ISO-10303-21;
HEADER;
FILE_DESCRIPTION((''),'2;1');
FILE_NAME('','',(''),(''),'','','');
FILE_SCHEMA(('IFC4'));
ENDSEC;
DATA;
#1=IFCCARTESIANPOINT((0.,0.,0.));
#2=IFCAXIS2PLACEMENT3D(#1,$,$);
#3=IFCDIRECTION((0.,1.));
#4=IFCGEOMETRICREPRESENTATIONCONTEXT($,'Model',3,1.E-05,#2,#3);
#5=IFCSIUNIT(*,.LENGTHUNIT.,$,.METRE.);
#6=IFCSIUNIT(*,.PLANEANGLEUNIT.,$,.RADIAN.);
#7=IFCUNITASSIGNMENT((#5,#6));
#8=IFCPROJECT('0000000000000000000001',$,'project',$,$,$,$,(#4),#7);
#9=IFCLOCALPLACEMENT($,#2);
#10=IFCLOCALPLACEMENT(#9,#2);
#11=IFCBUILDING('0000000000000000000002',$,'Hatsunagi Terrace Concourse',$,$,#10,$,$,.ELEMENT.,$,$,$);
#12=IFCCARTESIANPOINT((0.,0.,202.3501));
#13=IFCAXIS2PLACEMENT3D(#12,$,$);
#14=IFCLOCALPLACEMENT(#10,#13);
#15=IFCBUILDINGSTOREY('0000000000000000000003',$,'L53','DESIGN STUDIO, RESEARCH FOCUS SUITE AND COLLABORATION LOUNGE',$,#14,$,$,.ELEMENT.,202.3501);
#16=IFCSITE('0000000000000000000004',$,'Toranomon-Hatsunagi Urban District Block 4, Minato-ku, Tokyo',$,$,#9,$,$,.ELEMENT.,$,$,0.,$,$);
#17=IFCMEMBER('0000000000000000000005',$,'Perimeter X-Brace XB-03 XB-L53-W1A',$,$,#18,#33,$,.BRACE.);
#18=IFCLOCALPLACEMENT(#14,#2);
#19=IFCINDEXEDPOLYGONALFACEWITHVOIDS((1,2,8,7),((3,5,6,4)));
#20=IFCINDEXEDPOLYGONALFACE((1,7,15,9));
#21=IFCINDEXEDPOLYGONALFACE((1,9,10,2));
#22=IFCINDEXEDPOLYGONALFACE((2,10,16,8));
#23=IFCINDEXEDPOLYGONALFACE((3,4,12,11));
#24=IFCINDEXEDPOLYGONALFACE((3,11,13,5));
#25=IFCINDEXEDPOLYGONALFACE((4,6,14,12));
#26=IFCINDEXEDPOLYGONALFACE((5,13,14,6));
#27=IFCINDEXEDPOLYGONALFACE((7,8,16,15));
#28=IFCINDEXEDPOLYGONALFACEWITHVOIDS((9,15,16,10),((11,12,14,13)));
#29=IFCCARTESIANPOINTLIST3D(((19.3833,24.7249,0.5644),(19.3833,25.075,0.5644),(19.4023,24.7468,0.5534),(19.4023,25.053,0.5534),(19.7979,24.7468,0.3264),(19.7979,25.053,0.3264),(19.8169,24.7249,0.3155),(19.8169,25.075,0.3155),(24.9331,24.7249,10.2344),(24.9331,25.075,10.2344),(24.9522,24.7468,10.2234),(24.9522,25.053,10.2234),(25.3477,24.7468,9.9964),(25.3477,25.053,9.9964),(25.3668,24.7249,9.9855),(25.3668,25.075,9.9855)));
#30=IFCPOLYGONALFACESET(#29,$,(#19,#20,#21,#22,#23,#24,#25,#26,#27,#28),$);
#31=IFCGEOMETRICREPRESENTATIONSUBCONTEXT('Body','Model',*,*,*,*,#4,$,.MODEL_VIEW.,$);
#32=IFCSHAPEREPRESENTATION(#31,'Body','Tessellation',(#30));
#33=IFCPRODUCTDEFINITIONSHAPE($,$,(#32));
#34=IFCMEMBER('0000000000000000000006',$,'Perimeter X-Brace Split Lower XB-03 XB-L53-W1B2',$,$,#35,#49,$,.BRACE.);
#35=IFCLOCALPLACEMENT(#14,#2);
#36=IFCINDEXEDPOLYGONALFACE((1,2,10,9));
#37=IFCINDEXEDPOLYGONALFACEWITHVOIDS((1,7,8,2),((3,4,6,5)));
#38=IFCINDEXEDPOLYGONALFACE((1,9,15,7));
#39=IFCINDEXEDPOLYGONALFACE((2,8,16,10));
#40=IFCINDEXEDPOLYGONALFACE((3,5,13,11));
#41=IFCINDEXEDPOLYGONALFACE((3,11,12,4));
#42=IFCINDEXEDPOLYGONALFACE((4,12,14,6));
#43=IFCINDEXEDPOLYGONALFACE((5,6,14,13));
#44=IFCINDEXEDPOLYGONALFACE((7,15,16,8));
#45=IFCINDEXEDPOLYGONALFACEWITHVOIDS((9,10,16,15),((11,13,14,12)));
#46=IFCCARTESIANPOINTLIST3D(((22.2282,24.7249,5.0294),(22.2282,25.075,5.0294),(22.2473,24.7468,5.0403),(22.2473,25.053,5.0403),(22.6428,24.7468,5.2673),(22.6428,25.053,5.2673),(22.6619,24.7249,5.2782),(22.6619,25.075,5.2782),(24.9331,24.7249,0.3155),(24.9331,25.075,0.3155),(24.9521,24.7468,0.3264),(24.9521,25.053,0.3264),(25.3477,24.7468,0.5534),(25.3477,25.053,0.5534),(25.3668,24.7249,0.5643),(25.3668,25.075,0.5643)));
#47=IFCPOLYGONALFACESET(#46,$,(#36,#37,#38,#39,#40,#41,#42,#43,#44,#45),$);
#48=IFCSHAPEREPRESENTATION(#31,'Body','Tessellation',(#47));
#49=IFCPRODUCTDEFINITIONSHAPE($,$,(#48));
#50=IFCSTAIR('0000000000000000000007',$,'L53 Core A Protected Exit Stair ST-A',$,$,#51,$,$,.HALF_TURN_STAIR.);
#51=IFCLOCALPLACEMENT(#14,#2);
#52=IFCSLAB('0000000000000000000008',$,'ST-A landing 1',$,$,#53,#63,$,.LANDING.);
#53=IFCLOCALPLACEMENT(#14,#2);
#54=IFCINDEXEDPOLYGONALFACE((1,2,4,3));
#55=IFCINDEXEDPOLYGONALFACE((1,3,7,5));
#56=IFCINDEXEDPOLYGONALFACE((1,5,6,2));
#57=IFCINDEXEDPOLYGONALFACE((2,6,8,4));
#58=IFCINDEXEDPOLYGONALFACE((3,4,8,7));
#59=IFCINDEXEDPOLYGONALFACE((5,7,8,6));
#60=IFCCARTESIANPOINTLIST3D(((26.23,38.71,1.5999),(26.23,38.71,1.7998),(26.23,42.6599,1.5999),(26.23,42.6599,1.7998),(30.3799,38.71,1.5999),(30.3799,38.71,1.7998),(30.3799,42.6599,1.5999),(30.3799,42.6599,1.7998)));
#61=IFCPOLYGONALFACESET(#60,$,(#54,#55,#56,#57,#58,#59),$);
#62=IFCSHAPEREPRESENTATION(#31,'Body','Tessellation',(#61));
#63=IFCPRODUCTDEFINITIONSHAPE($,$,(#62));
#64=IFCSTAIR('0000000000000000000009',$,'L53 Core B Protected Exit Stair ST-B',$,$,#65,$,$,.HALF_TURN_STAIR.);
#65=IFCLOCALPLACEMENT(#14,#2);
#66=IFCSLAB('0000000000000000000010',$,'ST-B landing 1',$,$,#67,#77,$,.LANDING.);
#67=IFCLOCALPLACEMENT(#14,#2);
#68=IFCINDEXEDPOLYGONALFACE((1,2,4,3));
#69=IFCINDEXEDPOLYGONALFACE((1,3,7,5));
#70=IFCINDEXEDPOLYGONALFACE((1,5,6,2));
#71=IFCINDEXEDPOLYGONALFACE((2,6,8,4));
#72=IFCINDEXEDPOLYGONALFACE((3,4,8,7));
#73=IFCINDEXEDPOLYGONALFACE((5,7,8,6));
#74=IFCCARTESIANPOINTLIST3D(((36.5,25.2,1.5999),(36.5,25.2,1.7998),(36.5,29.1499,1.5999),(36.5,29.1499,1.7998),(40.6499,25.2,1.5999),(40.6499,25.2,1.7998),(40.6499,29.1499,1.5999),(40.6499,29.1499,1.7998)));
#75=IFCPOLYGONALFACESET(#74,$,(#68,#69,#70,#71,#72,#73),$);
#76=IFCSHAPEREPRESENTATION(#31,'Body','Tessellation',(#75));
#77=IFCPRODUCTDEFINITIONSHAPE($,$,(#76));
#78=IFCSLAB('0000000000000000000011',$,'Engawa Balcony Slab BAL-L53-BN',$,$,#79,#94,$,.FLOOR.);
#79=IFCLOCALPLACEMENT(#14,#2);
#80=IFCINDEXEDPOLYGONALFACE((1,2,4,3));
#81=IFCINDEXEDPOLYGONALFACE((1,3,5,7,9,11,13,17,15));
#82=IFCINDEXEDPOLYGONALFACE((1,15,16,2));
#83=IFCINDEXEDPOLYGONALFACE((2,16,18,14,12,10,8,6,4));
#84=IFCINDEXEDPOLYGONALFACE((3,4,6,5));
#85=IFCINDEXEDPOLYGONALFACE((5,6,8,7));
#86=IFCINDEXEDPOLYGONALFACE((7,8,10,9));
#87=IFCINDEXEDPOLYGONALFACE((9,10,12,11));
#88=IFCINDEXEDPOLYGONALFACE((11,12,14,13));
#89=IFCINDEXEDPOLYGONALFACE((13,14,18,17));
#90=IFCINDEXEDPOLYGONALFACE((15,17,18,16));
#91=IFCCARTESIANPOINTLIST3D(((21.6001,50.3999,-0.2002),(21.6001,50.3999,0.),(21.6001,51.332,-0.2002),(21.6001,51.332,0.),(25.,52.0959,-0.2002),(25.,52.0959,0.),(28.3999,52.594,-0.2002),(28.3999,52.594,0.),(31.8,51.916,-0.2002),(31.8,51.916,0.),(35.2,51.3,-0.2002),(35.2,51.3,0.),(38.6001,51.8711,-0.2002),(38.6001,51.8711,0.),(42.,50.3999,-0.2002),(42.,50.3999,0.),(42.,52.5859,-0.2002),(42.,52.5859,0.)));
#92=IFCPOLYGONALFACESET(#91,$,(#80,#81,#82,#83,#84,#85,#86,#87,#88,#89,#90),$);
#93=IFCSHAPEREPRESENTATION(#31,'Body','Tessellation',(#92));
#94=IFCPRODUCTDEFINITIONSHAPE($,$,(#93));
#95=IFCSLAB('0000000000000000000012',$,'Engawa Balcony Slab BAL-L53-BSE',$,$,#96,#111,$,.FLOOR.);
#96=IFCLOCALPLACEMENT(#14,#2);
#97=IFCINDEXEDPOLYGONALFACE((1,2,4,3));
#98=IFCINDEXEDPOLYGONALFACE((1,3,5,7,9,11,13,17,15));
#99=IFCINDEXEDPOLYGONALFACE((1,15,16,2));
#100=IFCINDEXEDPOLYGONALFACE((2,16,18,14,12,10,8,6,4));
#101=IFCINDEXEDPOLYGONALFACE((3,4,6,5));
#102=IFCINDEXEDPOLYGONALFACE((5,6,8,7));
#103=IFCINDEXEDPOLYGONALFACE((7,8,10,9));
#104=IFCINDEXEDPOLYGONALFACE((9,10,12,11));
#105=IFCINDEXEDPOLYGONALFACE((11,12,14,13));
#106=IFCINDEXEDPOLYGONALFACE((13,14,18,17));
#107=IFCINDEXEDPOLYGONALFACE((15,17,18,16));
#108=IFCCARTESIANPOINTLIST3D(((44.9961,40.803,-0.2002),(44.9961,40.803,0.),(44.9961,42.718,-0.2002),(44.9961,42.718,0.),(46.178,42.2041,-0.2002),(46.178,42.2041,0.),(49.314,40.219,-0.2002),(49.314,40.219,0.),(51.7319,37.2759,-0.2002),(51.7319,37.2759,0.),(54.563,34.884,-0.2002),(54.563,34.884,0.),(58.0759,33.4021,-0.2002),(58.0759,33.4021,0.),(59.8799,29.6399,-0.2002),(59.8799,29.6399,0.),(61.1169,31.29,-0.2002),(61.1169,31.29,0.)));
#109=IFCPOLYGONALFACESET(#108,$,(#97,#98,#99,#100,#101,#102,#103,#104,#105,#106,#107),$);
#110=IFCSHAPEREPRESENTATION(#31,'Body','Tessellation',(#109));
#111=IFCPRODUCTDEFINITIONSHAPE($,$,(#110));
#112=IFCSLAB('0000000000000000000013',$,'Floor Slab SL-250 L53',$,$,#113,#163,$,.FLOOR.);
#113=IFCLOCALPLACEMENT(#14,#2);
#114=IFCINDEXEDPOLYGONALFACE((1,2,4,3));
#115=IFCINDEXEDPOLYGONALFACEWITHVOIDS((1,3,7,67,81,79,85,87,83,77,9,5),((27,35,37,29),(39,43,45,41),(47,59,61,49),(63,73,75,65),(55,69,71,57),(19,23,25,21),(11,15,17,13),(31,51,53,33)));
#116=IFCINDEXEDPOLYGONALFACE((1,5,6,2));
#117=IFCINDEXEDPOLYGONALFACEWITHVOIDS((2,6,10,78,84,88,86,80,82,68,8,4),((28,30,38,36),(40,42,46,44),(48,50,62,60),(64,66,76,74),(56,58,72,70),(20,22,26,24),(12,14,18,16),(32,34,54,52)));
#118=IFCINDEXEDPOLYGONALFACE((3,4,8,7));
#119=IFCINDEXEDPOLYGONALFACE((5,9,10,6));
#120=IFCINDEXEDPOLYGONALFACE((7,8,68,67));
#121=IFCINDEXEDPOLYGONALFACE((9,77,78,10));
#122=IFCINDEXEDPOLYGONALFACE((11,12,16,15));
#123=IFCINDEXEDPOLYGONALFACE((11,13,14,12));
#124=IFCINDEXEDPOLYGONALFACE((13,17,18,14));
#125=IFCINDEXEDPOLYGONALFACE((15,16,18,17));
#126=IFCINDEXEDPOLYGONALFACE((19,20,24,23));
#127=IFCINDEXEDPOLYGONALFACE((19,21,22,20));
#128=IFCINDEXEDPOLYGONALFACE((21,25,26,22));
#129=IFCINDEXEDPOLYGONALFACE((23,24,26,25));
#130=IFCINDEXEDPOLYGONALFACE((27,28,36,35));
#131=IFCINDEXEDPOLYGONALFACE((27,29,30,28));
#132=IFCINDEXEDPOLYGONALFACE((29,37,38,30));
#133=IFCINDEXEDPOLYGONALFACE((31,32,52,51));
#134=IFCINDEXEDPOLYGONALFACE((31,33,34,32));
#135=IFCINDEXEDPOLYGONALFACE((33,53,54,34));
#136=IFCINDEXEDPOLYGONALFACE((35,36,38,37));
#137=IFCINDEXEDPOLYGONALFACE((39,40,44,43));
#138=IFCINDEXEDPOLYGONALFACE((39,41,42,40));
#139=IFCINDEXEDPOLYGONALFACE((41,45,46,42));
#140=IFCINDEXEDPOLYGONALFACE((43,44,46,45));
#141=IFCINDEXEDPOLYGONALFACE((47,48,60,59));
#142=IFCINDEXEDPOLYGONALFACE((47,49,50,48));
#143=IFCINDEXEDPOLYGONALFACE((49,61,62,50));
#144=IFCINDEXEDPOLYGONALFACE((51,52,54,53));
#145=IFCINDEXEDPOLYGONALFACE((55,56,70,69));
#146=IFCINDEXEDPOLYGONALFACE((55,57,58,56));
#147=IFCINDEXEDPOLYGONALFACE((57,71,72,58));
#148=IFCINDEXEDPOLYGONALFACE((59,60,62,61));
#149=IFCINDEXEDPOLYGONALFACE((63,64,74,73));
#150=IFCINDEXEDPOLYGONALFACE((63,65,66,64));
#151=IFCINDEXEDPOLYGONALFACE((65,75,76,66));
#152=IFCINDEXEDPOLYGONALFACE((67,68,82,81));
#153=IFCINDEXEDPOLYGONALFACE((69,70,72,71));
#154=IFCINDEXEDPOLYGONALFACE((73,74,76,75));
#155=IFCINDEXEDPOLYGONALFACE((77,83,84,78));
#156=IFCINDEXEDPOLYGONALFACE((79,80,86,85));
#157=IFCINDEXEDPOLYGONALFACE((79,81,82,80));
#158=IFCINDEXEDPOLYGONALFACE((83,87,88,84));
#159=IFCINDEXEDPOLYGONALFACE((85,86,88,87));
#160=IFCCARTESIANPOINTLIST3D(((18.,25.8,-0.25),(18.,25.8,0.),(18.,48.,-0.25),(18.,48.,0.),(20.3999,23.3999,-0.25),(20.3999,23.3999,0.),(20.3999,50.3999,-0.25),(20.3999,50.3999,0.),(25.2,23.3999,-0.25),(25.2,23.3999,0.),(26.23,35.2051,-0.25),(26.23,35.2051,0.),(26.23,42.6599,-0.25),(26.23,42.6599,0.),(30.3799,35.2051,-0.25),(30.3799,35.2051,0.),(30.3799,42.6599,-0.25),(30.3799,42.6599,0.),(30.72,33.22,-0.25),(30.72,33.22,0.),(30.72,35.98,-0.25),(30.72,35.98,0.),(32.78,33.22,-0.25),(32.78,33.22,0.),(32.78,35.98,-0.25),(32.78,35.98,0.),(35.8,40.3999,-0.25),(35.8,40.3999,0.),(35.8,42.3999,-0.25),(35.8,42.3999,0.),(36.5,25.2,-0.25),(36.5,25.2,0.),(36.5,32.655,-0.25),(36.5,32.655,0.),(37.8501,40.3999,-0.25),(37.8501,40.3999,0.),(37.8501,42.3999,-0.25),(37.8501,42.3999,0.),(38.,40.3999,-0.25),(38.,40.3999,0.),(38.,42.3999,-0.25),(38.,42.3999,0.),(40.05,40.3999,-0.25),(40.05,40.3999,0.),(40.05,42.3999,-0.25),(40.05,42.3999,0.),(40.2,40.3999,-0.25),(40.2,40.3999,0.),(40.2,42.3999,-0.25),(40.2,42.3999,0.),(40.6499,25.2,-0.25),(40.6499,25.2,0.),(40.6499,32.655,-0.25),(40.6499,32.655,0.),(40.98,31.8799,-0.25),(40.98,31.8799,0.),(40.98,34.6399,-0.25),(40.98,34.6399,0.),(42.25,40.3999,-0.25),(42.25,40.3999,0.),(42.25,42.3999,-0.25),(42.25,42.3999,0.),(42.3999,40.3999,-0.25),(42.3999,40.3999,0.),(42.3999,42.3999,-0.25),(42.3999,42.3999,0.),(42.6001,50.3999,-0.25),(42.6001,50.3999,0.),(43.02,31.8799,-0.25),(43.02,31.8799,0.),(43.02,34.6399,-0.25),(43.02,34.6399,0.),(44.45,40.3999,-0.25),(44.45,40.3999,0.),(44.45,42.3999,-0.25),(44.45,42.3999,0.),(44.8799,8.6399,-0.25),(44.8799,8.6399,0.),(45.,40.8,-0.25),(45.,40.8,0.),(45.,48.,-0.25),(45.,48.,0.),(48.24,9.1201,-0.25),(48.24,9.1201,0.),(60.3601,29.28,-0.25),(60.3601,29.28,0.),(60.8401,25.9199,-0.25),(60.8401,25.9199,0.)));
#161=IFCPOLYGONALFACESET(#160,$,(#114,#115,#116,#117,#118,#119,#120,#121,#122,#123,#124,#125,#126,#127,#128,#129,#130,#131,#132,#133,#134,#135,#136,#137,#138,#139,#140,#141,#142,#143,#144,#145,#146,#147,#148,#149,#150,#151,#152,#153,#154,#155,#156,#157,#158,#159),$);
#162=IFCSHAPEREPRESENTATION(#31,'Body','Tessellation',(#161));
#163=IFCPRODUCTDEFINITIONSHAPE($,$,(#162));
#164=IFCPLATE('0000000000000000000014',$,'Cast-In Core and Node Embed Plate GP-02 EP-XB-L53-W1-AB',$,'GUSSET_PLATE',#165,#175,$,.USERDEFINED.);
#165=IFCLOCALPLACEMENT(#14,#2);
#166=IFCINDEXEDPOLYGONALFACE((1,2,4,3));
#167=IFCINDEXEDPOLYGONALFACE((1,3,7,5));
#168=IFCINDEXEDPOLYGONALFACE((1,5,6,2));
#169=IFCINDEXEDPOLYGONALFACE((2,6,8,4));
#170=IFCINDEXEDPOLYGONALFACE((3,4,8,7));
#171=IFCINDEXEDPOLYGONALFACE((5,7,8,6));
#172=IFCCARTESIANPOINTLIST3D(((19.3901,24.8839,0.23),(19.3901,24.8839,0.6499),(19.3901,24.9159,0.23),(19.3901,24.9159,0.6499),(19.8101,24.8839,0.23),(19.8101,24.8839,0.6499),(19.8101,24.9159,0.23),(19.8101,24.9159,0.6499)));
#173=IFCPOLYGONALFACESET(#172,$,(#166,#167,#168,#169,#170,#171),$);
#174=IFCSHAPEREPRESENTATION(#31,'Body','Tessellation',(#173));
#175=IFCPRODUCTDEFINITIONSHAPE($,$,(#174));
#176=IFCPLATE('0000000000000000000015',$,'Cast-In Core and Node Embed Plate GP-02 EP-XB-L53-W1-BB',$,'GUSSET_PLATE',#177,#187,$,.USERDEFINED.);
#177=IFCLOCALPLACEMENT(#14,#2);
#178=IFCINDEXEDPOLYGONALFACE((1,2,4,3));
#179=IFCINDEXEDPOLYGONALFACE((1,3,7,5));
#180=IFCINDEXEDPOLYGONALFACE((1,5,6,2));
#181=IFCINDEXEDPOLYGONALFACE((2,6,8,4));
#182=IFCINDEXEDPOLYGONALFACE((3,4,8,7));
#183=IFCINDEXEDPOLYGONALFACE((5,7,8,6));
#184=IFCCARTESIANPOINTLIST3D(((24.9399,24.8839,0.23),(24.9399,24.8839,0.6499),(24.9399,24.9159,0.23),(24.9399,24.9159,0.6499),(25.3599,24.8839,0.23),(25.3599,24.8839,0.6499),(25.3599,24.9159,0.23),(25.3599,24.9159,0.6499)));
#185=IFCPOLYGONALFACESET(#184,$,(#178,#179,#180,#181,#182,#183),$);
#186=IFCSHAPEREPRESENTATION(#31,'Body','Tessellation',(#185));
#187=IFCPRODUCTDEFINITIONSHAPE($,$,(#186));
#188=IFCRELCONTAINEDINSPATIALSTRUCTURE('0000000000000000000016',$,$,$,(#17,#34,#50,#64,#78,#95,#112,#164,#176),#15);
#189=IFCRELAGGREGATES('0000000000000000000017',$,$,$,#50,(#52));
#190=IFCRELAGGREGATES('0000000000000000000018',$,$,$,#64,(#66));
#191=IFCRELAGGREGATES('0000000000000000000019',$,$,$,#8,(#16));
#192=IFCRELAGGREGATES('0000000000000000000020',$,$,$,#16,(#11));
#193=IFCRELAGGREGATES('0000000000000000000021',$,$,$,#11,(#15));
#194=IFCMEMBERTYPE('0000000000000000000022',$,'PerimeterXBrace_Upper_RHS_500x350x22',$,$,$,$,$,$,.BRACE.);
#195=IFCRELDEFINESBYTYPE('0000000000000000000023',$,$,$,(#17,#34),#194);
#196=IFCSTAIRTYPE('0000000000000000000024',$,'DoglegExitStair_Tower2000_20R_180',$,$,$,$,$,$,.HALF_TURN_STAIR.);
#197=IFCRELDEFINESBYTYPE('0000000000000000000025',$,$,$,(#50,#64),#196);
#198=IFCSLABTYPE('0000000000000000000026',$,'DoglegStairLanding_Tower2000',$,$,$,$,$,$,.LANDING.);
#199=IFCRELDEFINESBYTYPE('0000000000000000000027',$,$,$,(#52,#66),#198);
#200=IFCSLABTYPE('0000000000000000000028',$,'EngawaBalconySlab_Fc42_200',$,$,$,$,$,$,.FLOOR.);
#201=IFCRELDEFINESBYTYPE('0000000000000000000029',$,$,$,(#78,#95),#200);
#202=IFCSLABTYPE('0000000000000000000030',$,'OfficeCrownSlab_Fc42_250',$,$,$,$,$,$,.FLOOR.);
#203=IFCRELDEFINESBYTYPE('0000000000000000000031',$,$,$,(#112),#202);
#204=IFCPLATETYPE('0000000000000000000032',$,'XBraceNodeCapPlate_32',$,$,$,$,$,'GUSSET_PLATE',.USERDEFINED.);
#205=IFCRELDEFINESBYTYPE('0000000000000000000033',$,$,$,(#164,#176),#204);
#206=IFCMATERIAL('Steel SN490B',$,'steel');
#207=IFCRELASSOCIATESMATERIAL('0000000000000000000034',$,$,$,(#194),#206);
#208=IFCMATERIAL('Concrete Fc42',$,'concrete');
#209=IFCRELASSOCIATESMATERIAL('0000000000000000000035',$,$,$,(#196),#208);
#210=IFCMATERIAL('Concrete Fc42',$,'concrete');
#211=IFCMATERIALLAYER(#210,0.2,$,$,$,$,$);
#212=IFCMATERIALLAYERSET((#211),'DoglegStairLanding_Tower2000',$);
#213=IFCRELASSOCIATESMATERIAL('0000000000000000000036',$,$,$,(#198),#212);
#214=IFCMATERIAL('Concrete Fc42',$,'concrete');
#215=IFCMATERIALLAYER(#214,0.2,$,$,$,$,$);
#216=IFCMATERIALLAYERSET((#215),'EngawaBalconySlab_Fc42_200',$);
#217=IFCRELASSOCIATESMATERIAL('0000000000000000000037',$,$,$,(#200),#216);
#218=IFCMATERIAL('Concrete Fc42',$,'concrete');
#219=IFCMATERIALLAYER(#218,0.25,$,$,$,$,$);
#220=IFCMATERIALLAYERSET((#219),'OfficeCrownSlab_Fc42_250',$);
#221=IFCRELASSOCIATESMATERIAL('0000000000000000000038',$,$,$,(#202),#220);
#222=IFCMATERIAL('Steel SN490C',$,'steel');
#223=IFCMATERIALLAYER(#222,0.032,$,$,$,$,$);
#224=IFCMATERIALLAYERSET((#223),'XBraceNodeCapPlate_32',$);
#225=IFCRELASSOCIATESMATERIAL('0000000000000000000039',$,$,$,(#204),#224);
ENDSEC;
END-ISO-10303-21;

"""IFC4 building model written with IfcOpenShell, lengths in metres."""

from ifc_helpers import new_model, si_unit, direction, frame, origin, origin_2d, place, context, subcontext, project, spatial, polyline, rectangle, hollow_rectangle, outline, extrude, material, layer, layer_set, material_profile, profile_set, type_object, element, aggregate, save


model = new_model("IFC4")

# Units and contexts
model_context = context("Model", 3, precision=1e-05, world=origin(), true_north=direction((0.0, 1.0)))
body_context = subcontext(model_context, "Body", "Model", "MODEL_VIEW")
ifc_project = project(units=[si_unit("LENGTHUNIT", "METRE"), si_unit("PLANEANGLEUNIT", "RADIAN")], contexts=[model_context])

# Site, building, storey
site_placement = place(None, origin())
site = spatial("IfcSite", under=ifc_project, at=site_placement, Name="Toranomon-Hatsunagi Urban District Block 4, Minato-ku, Tokyo", CompositionType="ELEMENT", RefElevation=0.0)
building_placement = place(site_placement, origin())
building = spatial("IfcBuilding", under=site, at=building_placement, Name="Hatsunagi Terrace Concourse", CompositionType="ELEMENT")
storey_placement = place(building_placement, frame((0.0, 0.0, 202.3501)))
storey = spatial("IfcBuildingStorey", under=building, at=storey_placement, Name="L53", Description="DESIGN STUDIO, RESEARCH FOCUS SUITE AND COLLABORATION LOUNGE", CompositionType="ELEMENT", Elevation=202.3501)

# Members
ifc_material_1 = material(Name="Steel SN490B", Category="steel")
ifc_material_profile_1 = material_profile(ifc_material_1, hollow_rectangle(XDim=0.3501, YDim=0.5, WallThickness=0.022, at=origin_2d()), Name="RHS-500x350x22")
ifc_profile_set_1 = profile_set([ifc_material_profile_1], Name="Steel SN490B")
member_type_1 = type_object("IfcMemberType", Name="PerimeterXBrace_Upper_RHS_500x350x22", PredefinedType="BRACE", material=ifc_profile_set_1)
member_1_placement = place(storey_placement, frame((19.6001, 24.8999, 0.4399), z_axis=(0.49777, 0.0, 0.867309), x_axis=(0.0, 1.0, 0.0)))
element("IfcMember", 1, at=member_1_placement, inside=storey, type_object=member_type_1, Name="Perimeter X-Brace XB-03 XB-L53-W1A", PredefinedType="BRACE", context=body_context, shape_type="SweptSolid", body=[
    extrude(hollow_rectangle(XDim=0.3501, YDim=0.5, WallThickness=0.022, at=origin_2d()), origin(), (0.0, 0.0, 1.0), 11.1494),
])
member_2_placement = place(storey_placement, frame((22.4451, 24.8999, 5.1538), z_axis=(0.497691, 0.0, -0.867354), x_axis=(0.0, 1.0, 0.0)))
element("IfcMember", 2, at=member_2_placement, inside=storey, type_object=member_type_1, Name="Perimeter X-Brace Split Lower XB-03 XB-L53-W1B2", PredefinedType="BRACE", context=body_context, shape_type="SweptSolid", body=[
    extrude(hollow_rectangle(XDim=0.3501, YDim=0.5, WallThickness=0.022, at=origin_2d()), origin(), (0.0, 0.0, 1.0), 5.4348),
])

# Stairs, slabs
ifc_material_2 = material(Name="Concrete Fc42", Category="concrete")
stair_type = type_object("IfcStairType", Name="DoglegExitStair_Tower2000_20R_180", PredefinedType="HALF_TURN_STAIR", material=ifc_material_2)
stair_1_placement = place(storey_placement, origin())
stair_1 = element("IfcStair", 3, at=stair_1_placement, inside=storey, type_object=stair_type, Name="L53 Core A Protected Exit Stair ST-A", PredefinedType="HALF_TURN_STAIR")
ifc_material_3 = material(Name="Concrete Fc42", Category="concrete")
ifc_layer_1 = layer(ifc_material_3, 0.2)
ifc_layer_set_1 = layer_set([ifc_layer_1], Name="DoglegStairLanding_Tower2000")
slab_type_1 = type_object("IfcSlabType", Name="DoglegStairLanding_Tower2000", PredefinedType="LANDING", material=ifc_layer_set_1)
slab_1_placement = place(storey_placement, frame((0.0, 0.0, 1.5999)))
slab_1 = element("IfcSlab", 4, at=slab_1_placement, type_object=slab_type_1, Name="ST-A landing 1", PredefinedType="LANDING", context=body_context, shape_type="SweptSolid", body=[
    extrude(outline(polyline([(30.3799, 38.71), (30.3799, 42.6599), (26.23, 42.6599), (26.23, 38.71), (30.3799, 38.71)])), origin(), (0.0, 0.0, 1.0), 0.2),
])
aggregate(stair_1, [slab_1])
stair_2_placement = place(storey_placement, origin())
stair_2 = element("IfcStair", 5, at=stair_2_placement, inside=storey, type_object=stair_type, Name="L53 Core B Protected Exit Stair ST-B", PredefinedType="HALF_TURN_STAIR")
slab_2_placement = place(storey_placement, frame((0.0, 0.0, 1.5999)))
slab_2 = element("IfcSlab", 6, at=slab_2_placement, type_object=slab_type_1, Name="ST-B landing 1", PredefinedType="LANDING", context=body_context, shape_type="SweptSolid", body=[
    extrude(outline(polyline([(36.5, 29.1499), (36.5, 25.2), (40.6499, 25.2), (40.6499, 29.1499), (36.5, 29.1499)])), origin(), (0.0, 0.0, 1.0), 0.2),
])
aggregate(stair_2, [slab_2])

# Slabs
ifc_material_4 = material(Name="Concrete Fc42", Category="concrete")
ifc_layer_2 = layer(ifc_material_4, 0.2)
ifc_layer_set_2 = layer_set([ifc_layer_2], Name="EngawaBalconySlab_Fc42_200")
slab_type_2 = type_object("IfcSlabType", Name="EngawaBalconySlab_Fc42_200", PredefinedType="FLOOR", material=ifc_layer_set_2)
slab_3_placement = place(storey_placement, frame((0.0, 0.0, -0.2002)))
element("IfcSlab", 7, at=slab_3_placement, inside=storey, type_object=slab_type_2, Name="Engawa Balcony Slab BAL-L53-BN", PredefinedType="FLOOR", context=body_context, shape_type="SweptSolid", body=[
    extrude(outline(polyline([(21.6001, 51.332), (21.6001, 50.3999), (42.0, 50.3999), (42.0, 52.5859), (38.6001, 51.8711), (35.2, 51.3), (31.8, 51.916), (28.3999, 52.594), (25.0, 52.0959), (21.6001, 51.332)])), origin(), (0.0, 0.0, 1.0), 0.2002),
])
slab_4_placement = place(storey_placement, frame((0.0, 0.0, -0.2002)))
element("IfcSlab", 8, at=slab_4_placement, inside=storey, type_object=slab_type_2, Name="Engawa Balcony Slab BAL-L53-BSE", PredefinedType="FLOOR", context=body_context, shape_type="SweptSolid", body=[
    extrude(outline(polyline([(46.178, 42.2041), (44.9961, 42.718), (44.9961, 40.803), (59.8799, 29.6399), (61.1169, 31.29), (58.0759, 33.4021), (54.563, 34.884), (51.7319, 37.2759), (49.314, 40.219), (46.178, 42.2041)])), origin(), (0.0, 0.0, 1.0), 0.2002),
])
ifc_material_5 = material(Name="Concrete Fc42", Category="concrete")
ifc_layer_3 = layer(ifc_material_5, 0.25)
ifc_layer_set_3 = layer_set([ifc_layer_3], Name="OfficeCrownSlab_Fc42_250")
slab_type_3 = type_object("IfcSlabType", Name="OfficeCrownSlab_Fc42_250", PredefinedType="FLOOR", material=ifc_layer_set_3)
slab_5_placement = place(storey_placement, frame((0.0, 0.0, -0.25)))
element("IfcSlab", 9, at=slab_5_placement, inside=storey, type_object=slab_type_3, Name="Floor Slab SL-250 L53", PredefinedType="FLOOR", context=body_context, shape_type="SweptSolid", body=[
    extrude(outline(polyline([(45.0, 40.8), (45.0, 48.0), (42.6001, 50.3999), (20.3999, 50.3999), (18.0, 48.0), (18.0, 25.8), (20.3999, 23.3999), (25.2, 23.3999), (44.8799, 8.6399), (48.24, 9.1201), (60.8401, 25.9199), (60.3601, 29.28), (45.0, 40.8)]), holes=[polyline([(26.23, 35.2051), (30.3799, 35.2051), (30.3799, 42.6599), (26.23, 42.6599), (26.23, 35.2051)]), polyline([(36.5, 25.2), (40.6499, 25.2), (40.6499, 32.655), (36.5, 32.655), (36.5, 25.2)]), polyline([(30.72, 33.22), (32.78, 33.22), (32.78, 35.98), (30.72, 35.98), (30.72, 33.22)]), polyline([(40.98, 31.8799), (43.02, 31.8799), (43.02, 34.6399), (40.98, 34.6399), (40.98, 31.8799)]), polyline([(35.8, 40.3999), (37.8501, 40.3999), (37.8501, 42.3999), (35.8, 42.3999), (35.8, 40.3999)]), polyline([(38.0, 40.3999), (40.05, 40.3999), (40.05, 42.3999), (38.0, 42.3999), (38.0, 40.3999)]), polyline([(40.2, 40.3999), (42.25, 40.3999), (42.25, 42.3999), (40.2, 42.3999), (40.2, 40.3999)]), polyline([(42.3999, 40.3999), (44.45, 40.3999), (44.45, 42.3999), (42.3999, 42.3999), (42.3999, 40.3999)])]), origin(), (0.0, 0.0, 1.0), 0.25),
])

# Plates
ifc_material_6 = material(Name="Steel SN490C", Category="steel")
ifc_layer_4 = layer(ifc_material_6, 0.032)
ifc_layer_set_4 = layer_set([ifc_layer_4], Name="XBraceNodeCapPlate_32")
plate_type = type_object("IfcPlateType", Name="XBraceNodeCapPlate_32", ElementType="GUSSET_PLATE", PredefinedType="USERDEFINED", material=ifc_layer_set_4)
for number, where, z_axis, x_axis, name in (
    (10, (19.6001, 24.8999, 0.23), (0.0, 0.0, 1.0), (1.0, 0.0, 0.0), "Cast-In Core and Node Embed Plate GP-02 EP-XB-L53-W1-AB"),
    (11, (25.1499, 24.8999, 0.23), (0.0, 0.0, 1.0), (1.0, 0.0, 0.0), "Cast-In Core and Node Embed Plate GP-02 EP-XB-L53-W1-BB"),
):
    element("IfcPlate", number, at=place(storey_placement, frame(where, z_axis=z_axis, x_axis=x_axis)), inside=storey, type_object=plate_type, Name=name, ObjectType="GUSSET_PLATE", PredefinedType="USERDEFINED", context=body_context, shape_type="SweptSolid", body=[
        extrude(rectangle(XDim=0.4199, YDim=0.032, at=origin_2d()), origin(), (0.0, 0.0, 1.0), 0.4199),
    ])

save(model, "model.ifc")
